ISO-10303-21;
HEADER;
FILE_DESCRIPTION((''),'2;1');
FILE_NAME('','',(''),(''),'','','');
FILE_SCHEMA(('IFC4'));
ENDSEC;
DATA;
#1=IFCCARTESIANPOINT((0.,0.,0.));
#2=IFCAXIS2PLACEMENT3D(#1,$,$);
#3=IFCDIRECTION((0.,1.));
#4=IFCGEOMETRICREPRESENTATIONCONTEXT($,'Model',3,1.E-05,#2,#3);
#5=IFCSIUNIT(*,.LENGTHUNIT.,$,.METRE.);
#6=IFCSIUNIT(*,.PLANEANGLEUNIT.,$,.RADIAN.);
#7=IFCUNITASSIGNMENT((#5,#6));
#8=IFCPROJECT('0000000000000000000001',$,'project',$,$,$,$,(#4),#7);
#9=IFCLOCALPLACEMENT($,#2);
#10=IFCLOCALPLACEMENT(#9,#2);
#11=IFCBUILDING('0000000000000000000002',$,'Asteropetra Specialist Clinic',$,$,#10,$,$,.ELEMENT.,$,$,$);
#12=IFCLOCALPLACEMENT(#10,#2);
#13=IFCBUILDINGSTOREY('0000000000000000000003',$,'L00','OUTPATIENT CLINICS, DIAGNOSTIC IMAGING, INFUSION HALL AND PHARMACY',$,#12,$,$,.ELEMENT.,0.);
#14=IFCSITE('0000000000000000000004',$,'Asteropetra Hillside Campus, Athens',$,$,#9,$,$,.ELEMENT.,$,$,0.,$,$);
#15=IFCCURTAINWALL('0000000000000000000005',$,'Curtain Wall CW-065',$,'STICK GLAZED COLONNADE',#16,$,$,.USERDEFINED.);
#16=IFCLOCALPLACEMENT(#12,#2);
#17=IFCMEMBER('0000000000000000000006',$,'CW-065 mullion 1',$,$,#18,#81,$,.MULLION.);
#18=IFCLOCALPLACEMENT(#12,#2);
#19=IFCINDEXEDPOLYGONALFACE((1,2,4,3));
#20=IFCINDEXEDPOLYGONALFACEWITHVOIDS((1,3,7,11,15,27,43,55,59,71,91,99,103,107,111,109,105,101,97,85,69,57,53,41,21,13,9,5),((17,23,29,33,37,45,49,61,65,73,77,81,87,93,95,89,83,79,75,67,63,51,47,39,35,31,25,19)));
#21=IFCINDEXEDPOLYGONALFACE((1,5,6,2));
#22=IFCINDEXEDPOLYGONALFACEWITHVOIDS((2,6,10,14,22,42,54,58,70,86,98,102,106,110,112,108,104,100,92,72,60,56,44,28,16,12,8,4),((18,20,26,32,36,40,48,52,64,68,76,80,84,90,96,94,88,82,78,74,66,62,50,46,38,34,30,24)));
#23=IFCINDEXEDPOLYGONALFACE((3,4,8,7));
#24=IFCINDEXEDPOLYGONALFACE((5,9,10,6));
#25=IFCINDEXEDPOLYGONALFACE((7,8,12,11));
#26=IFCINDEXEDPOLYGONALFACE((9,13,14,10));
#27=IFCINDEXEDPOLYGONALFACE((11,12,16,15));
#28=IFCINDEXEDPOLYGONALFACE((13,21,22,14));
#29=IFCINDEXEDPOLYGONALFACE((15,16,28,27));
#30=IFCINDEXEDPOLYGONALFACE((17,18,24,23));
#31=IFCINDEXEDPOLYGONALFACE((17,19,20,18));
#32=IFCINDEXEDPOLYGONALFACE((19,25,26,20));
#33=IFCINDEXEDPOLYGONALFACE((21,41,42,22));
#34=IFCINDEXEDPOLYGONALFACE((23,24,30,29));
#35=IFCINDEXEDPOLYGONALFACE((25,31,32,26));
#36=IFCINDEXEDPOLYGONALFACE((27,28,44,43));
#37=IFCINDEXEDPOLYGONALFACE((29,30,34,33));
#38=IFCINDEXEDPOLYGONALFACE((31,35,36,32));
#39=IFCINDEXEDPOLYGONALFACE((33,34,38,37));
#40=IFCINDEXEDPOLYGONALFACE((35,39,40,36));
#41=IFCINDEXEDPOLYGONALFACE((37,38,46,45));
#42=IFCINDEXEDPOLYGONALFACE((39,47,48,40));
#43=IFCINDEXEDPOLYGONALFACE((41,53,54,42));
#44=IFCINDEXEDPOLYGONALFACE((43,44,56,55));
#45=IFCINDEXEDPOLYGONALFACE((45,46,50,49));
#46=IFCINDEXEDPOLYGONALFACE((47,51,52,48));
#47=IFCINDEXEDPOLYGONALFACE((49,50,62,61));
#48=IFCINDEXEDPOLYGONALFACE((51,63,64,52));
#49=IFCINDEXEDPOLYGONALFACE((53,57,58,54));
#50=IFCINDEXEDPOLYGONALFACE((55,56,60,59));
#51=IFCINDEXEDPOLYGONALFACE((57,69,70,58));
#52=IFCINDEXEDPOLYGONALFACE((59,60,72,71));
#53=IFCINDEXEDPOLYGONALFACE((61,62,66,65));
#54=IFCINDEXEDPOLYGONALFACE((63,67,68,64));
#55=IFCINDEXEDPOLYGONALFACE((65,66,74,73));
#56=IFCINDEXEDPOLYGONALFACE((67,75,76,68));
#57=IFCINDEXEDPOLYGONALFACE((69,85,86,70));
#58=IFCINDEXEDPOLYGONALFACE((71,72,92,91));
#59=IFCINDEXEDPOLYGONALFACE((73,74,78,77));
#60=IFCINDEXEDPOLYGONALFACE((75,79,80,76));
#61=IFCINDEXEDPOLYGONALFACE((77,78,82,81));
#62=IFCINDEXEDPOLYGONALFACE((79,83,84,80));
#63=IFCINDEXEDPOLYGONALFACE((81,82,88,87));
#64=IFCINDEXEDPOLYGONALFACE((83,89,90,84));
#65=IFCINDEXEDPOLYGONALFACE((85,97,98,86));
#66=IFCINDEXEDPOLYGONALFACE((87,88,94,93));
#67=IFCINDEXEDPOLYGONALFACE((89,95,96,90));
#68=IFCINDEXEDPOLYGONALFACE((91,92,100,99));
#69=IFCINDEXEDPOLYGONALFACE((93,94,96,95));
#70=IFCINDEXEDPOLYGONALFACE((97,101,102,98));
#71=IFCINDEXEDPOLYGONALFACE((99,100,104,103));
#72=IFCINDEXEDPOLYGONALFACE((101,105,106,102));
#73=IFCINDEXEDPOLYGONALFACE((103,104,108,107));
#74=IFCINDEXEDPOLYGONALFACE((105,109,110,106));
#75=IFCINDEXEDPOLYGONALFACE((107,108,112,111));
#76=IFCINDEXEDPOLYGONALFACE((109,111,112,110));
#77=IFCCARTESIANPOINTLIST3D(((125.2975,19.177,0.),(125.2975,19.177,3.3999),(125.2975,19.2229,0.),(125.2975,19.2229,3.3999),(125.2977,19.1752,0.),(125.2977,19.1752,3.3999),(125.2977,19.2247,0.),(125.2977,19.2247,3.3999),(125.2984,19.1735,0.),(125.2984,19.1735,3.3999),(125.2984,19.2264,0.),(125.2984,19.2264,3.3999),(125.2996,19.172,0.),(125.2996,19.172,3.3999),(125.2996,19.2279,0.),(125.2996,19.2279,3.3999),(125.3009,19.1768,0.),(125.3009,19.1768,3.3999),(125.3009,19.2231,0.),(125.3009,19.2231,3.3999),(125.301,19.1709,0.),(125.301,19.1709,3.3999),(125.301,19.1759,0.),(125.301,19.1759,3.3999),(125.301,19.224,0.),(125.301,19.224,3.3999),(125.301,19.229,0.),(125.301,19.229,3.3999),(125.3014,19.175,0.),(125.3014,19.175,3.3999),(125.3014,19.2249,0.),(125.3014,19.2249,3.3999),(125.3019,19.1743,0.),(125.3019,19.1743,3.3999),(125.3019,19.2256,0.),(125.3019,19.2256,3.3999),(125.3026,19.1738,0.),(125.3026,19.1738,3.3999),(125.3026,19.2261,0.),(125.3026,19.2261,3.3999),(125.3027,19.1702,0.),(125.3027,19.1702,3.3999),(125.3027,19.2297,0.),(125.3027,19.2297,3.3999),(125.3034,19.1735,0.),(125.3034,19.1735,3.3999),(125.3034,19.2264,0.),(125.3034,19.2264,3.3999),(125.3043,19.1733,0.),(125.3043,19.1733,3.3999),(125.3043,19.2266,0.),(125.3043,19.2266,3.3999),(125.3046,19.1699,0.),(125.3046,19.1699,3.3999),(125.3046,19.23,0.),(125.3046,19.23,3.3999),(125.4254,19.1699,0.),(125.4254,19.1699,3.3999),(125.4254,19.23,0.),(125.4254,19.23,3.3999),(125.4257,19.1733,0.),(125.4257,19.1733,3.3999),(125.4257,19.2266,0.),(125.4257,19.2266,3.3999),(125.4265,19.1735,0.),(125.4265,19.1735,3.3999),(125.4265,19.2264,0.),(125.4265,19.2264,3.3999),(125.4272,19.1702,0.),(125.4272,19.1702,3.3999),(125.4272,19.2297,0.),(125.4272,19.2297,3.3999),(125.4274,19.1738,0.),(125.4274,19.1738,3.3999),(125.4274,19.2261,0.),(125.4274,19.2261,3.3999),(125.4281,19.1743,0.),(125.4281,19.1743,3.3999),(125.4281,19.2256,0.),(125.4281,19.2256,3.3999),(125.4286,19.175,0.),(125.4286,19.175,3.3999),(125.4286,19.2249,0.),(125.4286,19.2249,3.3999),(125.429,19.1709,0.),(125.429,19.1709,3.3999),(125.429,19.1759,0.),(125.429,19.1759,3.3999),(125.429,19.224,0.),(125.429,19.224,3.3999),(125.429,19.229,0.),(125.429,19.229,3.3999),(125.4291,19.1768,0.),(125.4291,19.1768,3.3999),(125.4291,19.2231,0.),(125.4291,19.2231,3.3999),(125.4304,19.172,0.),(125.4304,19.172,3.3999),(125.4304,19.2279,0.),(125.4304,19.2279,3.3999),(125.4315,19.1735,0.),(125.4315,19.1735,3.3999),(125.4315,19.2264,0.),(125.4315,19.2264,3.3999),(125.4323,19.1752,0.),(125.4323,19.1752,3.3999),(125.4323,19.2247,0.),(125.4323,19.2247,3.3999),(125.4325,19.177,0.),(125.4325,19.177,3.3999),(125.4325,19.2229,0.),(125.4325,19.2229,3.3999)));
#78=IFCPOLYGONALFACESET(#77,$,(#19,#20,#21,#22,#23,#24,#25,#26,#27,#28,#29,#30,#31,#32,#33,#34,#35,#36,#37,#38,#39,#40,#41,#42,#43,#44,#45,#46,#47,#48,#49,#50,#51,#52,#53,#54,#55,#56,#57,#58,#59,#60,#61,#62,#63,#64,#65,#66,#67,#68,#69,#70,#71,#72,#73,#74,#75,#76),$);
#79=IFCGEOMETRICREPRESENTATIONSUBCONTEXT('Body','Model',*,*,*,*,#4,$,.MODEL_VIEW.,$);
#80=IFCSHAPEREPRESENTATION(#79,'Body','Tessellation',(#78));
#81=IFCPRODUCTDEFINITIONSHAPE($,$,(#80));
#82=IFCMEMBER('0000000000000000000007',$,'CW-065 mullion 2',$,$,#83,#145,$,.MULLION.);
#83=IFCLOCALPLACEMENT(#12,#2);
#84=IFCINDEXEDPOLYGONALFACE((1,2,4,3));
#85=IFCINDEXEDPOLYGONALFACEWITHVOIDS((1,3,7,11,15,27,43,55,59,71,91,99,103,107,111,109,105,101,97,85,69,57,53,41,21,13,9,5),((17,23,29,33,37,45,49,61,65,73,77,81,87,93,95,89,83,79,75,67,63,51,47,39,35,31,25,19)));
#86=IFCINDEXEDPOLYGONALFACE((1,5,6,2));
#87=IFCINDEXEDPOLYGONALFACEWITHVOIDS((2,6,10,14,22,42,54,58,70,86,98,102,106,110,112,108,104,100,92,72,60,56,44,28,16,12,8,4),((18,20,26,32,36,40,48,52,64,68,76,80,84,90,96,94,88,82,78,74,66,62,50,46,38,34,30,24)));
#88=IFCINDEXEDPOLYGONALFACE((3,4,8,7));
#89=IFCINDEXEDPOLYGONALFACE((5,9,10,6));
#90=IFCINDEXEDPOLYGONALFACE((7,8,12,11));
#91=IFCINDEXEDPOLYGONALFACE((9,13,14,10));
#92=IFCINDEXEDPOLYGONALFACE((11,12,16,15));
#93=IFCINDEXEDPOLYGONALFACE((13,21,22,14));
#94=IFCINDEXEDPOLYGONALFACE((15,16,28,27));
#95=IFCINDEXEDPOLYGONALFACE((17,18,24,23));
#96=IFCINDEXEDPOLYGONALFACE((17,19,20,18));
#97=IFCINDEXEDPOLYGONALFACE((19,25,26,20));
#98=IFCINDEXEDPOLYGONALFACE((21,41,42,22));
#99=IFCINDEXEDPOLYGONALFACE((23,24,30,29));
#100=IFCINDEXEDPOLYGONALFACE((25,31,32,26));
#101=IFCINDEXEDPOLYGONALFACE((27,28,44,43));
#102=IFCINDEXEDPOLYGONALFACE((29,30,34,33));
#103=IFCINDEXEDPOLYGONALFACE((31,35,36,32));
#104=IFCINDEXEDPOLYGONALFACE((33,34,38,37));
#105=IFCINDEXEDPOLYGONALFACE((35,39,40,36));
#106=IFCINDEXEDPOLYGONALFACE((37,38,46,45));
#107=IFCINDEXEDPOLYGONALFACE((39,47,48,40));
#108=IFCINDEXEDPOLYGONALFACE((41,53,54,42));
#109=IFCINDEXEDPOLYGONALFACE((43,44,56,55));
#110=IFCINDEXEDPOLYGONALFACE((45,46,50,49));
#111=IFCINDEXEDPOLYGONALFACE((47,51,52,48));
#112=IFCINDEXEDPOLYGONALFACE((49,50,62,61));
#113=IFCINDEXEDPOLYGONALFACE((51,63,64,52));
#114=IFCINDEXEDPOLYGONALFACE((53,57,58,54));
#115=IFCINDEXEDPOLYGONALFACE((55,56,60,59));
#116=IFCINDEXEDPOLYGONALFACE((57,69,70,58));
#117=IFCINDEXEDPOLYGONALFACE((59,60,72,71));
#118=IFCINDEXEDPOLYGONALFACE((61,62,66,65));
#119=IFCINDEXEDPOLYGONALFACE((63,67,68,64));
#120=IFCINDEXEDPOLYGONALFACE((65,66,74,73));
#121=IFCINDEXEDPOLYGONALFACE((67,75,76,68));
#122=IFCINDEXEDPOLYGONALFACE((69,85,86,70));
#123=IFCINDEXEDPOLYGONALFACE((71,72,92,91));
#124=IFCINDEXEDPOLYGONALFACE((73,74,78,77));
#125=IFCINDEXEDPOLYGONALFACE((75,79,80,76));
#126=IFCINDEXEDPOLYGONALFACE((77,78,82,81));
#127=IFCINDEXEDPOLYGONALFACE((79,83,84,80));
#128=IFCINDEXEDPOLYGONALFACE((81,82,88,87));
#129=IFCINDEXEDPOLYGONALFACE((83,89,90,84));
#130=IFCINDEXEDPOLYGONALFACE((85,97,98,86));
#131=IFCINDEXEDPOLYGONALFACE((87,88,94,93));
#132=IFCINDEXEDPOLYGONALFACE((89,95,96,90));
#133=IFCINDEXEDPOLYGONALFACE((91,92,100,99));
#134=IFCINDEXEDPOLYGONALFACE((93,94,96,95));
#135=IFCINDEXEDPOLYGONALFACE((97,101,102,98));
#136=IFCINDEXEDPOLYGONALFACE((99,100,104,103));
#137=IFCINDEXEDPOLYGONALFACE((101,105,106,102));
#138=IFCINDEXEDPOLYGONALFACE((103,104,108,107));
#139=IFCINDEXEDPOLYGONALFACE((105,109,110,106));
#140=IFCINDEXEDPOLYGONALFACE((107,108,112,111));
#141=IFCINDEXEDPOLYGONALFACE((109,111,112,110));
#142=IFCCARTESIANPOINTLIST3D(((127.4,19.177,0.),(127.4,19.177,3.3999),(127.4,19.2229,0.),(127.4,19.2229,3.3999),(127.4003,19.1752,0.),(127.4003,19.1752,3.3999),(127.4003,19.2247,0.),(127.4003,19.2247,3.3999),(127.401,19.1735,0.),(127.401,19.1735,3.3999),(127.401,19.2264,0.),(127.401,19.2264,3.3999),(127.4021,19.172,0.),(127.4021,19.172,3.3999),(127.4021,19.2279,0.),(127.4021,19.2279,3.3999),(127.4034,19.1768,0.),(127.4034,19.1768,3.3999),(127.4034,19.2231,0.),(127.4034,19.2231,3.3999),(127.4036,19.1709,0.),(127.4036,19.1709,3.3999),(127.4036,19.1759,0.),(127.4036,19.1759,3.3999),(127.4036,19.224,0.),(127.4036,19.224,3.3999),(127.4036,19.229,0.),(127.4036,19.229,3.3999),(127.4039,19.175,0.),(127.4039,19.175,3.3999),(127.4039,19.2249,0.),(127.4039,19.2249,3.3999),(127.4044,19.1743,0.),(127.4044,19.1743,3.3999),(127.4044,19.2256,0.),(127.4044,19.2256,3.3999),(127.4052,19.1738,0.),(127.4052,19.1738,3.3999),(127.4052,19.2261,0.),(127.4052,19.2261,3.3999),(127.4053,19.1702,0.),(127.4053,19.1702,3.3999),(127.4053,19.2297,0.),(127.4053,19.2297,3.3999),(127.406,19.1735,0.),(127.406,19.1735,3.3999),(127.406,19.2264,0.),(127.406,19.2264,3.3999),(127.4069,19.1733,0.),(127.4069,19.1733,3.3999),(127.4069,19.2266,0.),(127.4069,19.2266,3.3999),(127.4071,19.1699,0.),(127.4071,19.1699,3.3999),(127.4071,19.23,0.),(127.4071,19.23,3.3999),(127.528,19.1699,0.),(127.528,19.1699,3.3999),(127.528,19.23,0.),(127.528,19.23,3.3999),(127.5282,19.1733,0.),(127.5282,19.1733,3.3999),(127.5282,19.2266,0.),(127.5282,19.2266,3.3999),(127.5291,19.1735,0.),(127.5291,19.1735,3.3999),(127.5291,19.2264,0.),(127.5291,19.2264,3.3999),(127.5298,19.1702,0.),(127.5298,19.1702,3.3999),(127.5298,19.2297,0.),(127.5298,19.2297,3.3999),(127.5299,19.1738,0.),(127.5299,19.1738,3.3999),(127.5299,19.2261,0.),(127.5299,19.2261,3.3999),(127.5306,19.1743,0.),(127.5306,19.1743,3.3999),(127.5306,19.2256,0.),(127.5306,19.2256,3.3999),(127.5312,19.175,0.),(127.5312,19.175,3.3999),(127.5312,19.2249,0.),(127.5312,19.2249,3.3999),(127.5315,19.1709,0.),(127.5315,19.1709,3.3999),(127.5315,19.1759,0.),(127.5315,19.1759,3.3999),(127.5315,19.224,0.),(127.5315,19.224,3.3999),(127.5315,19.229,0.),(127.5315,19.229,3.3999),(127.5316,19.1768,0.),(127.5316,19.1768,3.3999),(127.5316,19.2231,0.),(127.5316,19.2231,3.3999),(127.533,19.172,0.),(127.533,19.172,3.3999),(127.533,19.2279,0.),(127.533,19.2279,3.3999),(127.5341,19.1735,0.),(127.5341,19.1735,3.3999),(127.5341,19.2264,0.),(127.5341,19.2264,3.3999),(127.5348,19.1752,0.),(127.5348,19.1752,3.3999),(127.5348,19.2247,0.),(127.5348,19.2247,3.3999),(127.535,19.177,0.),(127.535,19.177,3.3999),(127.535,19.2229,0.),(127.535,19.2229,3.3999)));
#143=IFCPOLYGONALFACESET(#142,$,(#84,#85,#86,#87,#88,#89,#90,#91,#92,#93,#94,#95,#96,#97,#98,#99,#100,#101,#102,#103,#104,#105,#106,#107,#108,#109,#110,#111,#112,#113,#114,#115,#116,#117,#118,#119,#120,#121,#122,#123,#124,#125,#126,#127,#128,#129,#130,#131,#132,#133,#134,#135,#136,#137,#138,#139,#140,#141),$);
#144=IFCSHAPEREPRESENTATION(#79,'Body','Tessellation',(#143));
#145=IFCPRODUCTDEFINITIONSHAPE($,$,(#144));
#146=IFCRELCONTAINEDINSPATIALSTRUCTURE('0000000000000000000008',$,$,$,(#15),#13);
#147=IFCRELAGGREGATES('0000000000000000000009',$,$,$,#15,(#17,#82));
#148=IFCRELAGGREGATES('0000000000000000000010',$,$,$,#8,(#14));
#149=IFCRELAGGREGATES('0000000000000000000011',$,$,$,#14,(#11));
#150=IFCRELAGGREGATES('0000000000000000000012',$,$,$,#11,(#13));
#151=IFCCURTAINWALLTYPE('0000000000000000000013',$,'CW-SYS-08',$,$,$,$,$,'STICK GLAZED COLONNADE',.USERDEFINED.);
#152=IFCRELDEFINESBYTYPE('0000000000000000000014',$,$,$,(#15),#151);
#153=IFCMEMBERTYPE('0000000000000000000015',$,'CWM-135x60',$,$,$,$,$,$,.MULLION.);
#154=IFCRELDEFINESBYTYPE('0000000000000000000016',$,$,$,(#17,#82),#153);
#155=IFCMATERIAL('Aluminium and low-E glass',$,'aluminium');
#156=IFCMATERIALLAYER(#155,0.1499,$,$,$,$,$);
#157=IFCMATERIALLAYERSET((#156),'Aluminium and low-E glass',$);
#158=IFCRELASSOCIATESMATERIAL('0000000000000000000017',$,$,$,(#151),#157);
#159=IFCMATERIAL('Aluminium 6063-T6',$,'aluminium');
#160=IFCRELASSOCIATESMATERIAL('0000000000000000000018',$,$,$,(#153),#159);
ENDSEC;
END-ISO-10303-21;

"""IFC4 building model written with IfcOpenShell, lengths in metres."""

from ifc_helpers import new_model, si_unit, direction, frame, origin, origin_2d, place, context, subcontext, project, spatial, hollow_rectangle, extrude, material, layer, layer_set, material_profile, profile_set, type_object, element, aggregate, save


model = new_model("IFC4")

# Units and contexts
model_context = context("Model", 3, precision=1e-05, world=origin(), true_north=direction((0.0, 1.0)))
body_context = subcontext(model_context, "Body", "Model", "MODEL_VIEW")
ifc_project = project(units=[si_unit("LENGTHUNIT", "METRE"), si_unit("PLANEANGLEUNIT", "RADIAN")], contexts=[model_context])

# Site, building, storey
site_placement = place(None, origin())
site = spatial("IfcSite", under=ifc_project, at=site_placement, Name="Asteropetra Hillside Campus, Athens", CompositionType="ELEMENT", RefElevation=0.0)
building_placement = place(site_placement, origin())
building = spatial("IfcBuilding", under=site, at=building_placement, Name="Asteropetra Specialist Clinic", CompositionType="ELEMENT")
storey_placement = place(building_placement, origin())
storey = spatial("IfcBuildingStorey", under=building, at=storey_placement, Name="L00", Description="OUTPATIENT CLINICS, DIAGNOSTIC IMAGING, INFUSION HALL AND PHARMACY", CompositionType="ELEMENT", Elevation=0.0)

# Curtain wall, members
ifc_material_1 = material(Name="Aluminium and low-E glass", Category="aluminium")
ifc_layer_1 = layer(ifc_material_1, 0.1499)
ifc_layer_set_1 = layer_set([ifc_layer_1], Name="Aluminium and low-E glass")
curtain_wall_type = type_object("IfcCurtainWallType", Name="CW-SYS-08", ElementType="STICK GLAZED COLONNADE", PredefinedType="USERDEFINED", material=ifc_layer_set_1)
curtain_wall_placement = place(storey_placement, origin())
curtain_wall = element("IfcCurtainWall", 1, at=curtain_wall_placement, inside=storey, type_object=curtain_wall_type, Name="Curtain Wall CW-065", ObjectType="STICK GLAZED COLONNADE", PredefinedType="USERDEFINED")
ifc_material_2 = material(Name="Aluminium 6063-T6", Category="aluminium")
ifc_material_profile_1 = material_profile(ifc_material_2, hollow_rectangle(XDim=0.0601, YDim=0.135, WallThickness=0.0034, InnerFilletRadius=0.0034, OuterFilletRadius=0.0071, at=origin_2d()), Name="MUL 135x60x3.5")
ifc_profile_set_1 = profile_set([ifc_material_profile_1], Name="Aluminium 6063-T6")
member_type_1 = type_object("IfcMemberType", Name="CWM-135x60", PredefinedType="MULLION", material=ifc_profile_set_1)
member_1_placement = place(storey_placement, frame((125.365, 19.2, 0.0), z_axis=(0.0, 0.0, 1.0), x_axis=(0.0, 1.0, 0.0)))
member_1 = element("IfcMember", 2, at=member_1_placement, type_object=member_type_1, Name="CW-065 mullion 1", PredefinedType="MULLION", context=body_context, shape_type="SweptSolid", body=[
    extrude(hollow_rectangle(XDim=0.0601, YDim=0.135, WallThickness=0.0034, InnerFilletRadius=0.0034, OuterFilletRadius=0.0071, at=origin_2d()), origin(), (0.0, 0.0, 1.0), 3.3999),
])
member_2_placement = place(storey_placement, frame((127.4675, 19.2, 0.0), z_axis=(0.0, 0.0, 1.0), x_axis=(0.0, 1.0, 0.0)))
member_2 = element("IfcMember", 3, at=member_2_placement, type_object=member_type_1, Name="CW-065 mullion 2", PredefinedType="MULLION", context=body_context, shape_type="SweptSolid", body=[
    extrude(hollow_rectangle(XDim=0.0601, YDim=0.135, WallThickness=0.0034, InnerFilletRadius=0.0034, OuterFilletRadius=0.0071, at=origin_2d()), origin(), (0.0, 0.0, 1.0), 3.3999),
])
aggregate(curtain_wall, [member_1, member_2])

save(model, "model.ifc")
